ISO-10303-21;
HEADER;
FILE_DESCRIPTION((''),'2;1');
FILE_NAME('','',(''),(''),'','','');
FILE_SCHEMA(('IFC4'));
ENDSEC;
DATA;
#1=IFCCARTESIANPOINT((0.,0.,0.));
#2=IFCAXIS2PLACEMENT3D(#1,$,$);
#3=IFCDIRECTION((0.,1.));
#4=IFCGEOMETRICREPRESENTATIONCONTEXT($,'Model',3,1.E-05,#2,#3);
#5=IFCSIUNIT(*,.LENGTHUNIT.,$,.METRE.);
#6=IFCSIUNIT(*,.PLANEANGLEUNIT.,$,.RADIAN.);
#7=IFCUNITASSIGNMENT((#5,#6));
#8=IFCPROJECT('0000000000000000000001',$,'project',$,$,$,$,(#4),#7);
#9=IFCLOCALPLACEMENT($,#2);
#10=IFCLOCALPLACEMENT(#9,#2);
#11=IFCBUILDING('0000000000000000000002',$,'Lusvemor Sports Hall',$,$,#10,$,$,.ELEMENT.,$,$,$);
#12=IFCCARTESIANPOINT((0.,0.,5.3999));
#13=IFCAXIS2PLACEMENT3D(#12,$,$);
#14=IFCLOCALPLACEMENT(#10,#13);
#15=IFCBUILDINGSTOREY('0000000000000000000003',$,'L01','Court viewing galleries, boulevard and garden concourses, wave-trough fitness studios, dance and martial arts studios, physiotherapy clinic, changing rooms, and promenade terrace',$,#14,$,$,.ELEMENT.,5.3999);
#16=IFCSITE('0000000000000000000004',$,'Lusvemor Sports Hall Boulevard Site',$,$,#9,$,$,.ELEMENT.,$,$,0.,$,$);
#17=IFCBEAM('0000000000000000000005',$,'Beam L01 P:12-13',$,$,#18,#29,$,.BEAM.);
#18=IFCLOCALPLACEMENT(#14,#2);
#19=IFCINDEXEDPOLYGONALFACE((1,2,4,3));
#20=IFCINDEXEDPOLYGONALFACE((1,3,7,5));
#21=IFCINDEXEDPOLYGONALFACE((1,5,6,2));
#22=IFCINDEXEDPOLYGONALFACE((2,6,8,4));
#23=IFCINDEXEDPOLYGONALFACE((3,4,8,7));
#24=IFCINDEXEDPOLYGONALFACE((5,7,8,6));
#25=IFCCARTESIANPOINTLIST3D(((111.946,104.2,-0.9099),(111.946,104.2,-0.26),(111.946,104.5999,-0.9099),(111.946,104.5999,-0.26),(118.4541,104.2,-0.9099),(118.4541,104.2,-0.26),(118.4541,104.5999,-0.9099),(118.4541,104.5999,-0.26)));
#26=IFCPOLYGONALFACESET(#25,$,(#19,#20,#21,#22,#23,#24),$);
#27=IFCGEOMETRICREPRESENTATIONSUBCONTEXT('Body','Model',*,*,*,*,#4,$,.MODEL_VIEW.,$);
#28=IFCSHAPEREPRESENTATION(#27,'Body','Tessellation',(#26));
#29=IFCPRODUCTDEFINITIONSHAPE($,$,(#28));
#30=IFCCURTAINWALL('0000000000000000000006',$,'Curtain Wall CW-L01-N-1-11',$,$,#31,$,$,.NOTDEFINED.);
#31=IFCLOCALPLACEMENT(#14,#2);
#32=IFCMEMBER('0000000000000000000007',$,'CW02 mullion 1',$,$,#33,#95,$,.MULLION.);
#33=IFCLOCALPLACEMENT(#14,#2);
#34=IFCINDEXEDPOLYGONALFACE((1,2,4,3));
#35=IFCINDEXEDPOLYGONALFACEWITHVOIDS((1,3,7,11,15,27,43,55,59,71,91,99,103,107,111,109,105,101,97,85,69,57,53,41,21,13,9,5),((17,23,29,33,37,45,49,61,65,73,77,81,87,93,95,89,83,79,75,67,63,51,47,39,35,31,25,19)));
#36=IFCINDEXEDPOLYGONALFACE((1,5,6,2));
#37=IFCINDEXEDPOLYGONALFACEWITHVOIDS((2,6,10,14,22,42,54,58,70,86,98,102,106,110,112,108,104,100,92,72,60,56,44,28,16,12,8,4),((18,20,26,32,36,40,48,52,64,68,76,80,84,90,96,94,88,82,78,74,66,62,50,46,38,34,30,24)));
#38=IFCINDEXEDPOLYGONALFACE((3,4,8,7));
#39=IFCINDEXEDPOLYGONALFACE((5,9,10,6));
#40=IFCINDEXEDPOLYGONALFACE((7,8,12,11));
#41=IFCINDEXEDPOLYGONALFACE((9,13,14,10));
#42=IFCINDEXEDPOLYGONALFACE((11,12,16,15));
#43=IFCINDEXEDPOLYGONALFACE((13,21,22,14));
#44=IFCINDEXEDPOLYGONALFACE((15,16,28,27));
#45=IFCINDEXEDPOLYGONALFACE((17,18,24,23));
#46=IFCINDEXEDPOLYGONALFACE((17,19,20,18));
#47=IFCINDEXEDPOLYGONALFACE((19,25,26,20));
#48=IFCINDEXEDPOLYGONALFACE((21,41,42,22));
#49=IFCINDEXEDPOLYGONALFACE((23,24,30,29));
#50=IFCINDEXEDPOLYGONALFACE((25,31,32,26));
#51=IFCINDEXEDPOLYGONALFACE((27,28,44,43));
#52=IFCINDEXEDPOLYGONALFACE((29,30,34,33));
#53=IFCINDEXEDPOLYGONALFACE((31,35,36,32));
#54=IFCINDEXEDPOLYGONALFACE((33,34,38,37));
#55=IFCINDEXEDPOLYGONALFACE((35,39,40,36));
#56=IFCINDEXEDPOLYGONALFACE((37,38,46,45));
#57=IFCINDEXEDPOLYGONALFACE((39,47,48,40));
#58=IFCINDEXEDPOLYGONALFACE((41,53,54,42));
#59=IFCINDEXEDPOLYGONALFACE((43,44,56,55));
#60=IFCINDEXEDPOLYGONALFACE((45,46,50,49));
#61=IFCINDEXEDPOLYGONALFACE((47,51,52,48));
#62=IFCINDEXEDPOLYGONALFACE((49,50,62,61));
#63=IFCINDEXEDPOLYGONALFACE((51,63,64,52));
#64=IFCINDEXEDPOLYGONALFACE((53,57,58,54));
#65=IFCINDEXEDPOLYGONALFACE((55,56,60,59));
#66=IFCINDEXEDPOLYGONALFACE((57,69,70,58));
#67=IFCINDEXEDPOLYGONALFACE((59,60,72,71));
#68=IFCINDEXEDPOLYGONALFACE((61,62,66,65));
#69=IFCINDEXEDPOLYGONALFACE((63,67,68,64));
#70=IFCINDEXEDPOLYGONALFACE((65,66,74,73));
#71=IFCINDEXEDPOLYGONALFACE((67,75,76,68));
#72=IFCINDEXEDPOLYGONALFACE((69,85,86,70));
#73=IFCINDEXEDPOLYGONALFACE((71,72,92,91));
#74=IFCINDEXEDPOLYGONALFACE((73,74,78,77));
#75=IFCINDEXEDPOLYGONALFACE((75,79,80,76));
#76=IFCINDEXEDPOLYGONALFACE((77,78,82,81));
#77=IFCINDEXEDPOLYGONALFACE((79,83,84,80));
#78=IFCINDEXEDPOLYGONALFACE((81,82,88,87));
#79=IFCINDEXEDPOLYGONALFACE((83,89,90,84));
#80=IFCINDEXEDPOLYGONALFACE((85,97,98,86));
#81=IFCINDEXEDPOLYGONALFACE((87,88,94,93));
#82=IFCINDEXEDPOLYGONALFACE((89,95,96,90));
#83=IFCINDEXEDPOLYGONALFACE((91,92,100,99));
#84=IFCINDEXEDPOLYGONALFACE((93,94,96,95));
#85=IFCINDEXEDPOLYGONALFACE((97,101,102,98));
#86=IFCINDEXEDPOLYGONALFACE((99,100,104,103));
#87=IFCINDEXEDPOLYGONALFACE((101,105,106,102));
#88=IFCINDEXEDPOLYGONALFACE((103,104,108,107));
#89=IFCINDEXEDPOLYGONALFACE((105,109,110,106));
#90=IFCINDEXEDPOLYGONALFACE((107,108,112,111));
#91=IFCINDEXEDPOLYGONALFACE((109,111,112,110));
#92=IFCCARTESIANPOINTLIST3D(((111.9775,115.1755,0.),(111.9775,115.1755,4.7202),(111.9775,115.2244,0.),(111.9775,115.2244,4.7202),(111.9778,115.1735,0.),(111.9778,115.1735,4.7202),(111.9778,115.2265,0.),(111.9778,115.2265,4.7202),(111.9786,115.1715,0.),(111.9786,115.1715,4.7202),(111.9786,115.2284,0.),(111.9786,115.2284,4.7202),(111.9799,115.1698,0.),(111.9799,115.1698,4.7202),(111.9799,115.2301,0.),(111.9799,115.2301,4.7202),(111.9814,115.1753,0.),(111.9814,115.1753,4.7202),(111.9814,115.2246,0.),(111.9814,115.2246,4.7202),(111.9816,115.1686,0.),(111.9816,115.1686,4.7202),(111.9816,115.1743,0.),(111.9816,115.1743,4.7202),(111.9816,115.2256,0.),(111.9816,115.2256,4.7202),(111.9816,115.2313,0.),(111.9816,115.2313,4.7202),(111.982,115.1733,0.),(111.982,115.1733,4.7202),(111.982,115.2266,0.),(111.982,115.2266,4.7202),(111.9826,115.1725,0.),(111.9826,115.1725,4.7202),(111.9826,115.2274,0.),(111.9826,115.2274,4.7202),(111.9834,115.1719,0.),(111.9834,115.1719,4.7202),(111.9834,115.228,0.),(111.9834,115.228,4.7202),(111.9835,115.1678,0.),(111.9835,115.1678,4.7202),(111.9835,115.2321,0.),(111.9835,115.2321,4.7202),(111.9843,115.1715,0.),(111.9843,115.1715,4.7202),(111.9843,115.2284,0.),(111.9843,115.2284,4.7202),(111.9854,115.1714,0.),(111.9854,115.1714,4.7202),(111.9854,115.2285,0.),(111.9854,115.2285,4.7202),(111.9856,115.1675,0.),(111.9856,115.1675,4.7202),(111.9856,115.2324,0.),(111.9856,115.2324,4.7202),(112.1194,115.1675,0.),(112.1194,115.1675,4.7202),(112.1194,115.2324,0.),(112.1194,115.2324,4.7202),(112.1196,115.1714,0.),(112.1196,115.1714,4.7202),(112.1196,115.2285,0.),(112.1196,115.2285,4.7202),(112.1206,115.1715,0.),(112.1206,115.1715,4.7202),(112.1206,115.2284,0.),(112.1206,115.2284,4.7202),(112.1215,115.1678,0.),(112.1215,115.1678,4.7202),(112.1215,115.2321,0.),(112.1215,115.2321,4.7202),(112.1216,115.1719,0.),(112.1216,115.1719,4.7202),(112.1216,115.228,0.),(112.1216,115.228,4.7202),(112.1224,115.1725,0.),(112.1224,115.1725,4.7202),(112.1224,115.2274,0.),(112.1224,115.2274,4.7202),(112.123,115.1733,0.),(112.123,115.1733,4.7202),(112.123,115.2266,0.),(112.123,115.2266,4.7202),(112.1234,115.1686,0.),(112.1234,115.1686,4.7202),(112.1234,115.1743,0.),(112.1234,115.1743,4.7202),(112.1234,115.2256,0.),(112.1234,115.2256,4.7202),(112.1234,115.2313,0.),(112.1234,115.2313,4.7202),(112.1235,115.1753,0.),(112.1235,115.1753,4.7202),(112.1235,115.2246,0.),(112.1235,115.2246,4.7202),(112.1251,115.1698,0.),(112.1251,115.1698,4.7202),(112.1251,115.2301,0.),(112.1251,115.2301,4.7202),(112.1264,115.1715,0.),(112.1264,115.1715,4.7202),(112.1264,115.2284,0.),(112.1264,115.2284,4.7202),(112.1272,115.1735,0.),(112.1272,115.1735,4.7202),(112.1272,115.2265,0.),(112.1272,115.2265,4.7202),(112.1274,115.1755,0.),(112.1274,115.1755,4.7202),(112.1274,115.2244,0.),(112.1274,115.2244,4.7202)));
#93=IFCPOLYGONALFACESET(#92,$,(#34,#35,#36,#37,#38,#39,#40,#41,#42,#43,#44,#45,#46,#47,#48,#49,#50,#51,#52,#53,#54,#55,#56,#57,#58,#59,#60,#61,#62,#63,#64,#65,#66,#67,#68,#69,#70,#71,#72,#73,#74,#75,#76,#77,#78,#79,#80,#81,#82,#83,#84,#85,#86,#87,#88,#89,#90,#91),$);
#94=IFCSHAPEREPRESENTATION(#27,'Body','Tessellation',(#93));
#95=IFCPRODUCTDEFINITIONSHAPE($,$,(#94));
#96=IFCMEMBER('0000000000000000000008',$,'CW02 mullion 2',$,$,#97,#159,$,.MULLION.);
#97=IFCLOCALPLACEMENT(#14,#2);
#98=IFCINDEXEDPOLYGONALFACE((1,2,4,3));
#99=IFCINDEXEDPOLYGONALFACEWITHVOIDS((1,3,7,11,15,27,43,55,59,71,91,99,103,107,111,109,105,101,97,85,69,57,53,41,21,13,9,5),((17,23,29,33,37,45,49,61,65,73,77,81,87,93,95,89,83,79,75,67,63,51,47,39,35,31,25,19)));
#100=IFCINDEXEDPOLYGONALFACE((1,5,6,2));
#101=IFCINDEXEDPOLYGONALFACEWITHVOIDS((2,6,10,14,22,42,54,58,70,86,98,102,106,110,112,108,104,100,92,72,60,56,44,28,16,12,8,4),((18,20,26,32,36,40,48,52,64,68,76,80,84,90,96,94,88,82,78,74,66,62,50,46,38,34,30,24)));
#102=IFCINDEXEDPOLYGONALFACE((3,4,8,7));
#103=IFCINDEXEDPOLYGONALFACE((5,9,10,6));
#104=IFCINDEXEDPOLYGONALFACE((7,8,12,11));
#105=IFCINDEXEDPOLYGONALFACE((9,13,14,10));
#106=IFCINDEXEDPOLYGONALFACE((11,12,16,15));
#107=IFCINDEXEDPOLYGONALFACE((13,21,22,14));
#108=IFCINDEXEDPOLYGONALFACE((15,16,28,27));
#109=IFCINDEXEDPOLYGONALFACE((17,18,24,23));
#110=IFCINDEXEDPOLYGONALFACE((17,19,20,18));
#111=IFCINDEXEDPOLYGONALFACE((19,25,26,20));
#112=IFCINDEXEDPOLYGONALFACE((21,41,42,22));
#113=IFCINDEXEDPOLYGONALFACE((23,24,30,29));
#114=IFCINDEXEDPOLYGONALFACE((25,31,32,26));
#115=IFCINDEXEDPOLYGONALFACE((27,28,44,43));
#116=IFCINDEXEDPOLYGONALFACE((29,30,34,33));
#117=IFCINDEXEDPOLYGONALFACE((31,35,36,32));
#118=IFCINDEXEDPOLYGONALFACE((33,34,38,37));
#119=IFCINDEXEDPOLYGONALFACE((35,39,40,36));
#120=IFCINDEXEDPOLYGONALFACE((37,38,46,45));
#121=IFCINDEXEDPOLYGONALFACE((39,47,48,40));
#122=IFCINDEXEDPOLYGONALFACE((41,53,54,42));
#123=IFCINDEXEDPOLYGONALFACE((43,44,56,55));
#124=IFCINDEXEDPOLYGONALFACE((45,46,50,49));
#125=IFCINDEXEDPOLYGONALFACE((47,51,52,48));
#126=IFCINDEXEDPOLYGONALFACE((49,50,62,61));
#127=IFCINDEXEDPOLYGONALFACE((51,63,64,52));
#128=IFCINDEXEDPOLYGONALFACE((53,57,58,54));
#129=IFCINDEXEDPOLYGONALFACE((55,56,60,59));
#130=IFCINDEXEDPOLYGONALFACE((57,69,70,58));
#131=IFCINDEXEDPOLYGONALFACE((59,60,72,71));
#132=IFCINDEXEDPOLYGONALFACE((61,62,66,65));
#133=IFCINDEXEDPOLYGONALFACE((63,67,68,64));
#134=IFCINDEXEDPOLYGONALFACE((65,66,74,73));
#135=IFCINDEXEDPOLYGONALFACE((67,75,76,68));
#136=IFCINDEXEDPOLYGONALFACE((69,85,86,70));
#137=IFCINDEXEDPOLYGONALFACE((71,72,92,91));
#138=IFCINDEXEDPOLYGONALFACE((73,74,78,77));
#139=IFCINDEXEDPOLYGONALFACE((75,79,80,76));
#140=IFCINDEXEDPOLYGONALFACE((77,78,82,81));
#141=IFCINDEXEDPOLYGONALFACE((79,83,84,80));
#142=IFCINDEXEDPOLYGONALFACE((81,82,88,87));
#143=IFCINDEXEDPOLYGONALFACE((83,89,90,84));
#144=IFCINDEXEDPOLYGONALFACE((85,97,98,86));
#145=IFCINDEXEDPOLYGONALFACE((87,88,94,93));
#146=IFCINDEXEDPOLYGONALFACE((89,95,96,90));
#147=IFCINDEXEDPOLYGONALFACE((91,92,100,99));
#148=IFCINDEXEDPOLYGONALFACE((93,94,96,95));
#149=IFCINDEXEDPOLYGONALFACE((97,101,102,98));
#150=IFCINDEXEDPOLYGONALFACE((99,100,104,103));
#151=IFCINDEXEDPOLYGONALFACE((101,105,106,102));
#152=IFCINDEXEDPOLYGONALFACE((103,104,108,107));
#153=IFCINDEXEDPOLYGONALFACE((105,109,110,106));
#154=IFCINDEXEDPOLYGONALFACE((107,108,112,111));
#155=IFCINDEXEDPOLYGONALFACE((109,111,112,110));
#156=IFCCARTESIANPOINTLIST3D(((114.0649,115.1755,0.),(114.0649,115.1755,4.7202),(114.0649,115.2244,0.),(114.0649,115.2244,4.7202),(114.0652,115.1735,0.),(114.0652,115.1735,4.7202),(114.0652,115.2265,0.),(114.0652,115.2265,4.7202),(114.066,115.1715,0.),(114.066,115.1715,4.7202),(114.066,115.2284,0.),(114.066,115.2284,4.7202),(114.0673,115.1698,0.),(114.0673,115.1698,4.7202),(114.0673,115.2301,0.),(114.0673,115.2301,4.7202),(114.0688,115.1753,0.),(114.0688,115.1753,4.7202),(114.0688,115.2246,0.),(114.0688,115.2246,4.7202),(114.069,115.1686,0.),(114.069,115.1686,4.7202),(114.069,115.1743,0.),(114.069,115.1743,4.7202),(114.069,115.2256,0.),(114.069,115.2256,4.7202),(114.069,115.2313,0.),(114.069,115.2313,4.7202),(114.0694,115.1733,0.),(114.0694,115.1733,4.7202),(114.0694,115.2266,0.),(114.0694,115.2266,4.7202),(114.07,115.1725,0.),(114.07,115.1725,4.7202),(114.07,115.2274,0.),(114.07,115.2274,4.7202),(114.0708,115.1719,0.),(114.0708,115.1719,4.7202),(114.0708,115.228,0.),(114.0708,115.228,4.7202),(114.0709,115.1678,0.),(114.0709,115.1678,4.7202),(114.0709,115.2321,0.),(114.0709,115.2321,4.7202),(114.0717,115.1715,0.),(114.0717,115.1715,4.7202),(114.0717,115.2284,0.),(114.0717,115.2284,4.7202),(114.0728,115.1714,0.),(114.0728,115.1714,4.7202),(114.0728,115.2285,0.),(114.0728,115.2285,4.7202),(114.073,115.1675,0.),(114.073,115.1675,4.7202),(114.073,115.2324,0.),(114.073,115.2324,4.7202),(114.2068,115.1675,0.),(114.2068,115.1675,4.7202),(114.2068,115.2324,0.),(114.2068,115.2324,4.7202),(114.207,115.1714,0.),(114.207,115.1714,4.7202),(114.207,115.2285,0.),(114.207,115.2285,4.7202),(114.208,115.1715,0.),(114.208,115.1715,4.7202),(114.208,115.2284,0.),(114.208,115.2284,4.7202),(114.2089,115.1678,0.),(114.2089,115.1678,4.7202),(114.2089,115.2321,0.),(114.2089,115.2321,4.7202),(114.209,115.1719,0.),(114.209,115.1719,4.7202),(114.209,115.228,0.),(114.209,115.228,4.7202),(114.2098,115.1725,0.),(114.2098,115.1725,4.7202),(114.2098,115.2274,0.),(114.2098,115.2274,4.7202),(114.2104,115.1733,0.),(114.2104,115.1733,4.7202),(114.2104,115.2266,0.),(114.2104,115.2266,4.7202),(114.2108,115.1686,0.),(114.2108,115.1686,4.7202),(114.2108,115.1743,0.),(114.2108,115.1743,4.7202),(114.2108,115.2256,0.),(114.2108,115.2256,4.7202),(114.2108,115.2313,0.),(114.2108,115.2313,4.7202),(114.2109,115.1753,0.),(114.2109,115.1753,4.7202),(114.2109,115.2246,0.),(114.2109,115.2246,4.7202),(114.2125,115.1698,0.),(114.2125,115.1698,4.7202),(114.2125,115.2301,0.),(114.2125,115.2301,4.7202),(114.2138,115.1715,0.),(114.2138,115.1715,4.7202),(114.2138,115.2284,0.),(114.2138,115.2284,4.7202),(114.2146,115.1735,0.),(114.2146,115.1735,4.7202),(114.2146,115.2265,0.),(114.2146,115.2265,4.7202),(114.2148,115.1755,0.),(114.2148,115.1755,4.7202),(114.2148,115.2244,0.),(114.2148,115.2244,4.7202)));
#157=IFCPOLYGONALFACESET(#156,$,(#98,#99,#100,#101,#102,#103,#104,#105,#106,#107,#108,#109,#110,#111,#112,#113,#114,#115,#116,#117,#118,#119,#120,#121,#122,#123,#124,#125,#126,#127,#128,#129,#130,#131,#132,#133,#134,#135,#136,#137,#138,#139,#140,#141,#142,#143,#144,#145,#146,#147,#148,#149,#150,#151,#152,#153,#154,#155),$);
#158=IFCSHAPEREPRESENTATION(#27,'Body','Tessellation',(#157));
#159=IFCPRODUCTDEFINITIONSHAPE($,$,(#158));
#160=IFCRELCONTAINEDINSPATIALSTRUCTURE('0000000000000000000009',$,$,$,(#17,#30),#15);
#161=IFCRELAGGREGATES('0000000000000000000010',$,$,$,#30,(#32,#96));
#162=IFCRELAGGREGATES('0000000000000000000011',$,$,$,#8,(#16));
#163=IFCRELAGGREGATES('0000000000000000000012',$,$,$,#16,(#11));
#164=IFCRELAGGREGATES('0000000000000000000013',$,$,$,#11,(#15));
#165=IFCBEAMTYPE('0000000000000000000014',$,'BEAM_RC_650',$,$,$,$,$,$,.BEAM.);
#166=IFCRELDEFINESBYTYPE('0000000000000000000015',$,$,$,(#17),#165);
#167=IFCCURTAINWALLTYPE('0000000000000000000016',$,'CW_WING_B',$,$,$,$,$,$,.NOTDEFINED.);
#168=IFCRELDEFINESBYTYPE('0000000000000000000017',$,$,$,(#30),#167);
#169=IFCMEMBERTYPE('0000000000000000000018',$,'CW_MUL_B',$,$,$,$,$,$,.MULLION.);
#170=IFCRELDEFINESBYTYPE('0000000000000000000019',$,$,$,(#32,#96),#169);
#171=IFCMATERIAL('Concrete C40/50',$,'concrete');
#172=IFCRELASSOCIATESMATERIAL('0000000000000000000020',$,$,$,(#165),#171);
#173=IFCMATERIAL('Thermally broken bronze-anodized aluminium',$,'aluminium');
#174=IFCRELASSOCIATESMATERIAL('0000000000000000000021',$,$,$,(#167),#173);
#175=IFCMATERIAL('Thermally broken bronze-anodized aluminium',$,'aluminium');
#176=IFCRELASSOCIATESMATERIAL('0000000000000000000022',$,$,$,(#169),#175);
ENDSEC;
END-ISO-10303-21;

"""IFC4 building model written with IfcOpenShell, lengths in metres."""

from ifc_helpers import new_model, si_unit, direction, frame, origin, origin_2d, place, context, subcontext, project, spatial, rectangle, hollow_rectangle, extrude, material, material_profile, profile_set, type_object, element, aggregate, save


model = new_model("IFC4")

# Units and contexts
model_context = context("Model", 3, precision=1e-05, world=origin(), true_north=direction((0.0, 1.0)))
body_context = subcontext(model_context, "Body", "Model", "MODEL_VIEW")
ifc_project = project(units=[si_unit("LENGTHUNIT", "METRE"), si_unit("PLANEANGLEUNIT", "RADIAN")], contexts=[model_context])

# Site, building, storey
site_placement = place(None, origin())
site = spatial("IfcSite", under=ifc_project, at=site_placement, Name="Lusvemor Sports Hall Boulevard Site", CompositionType="ELEMENT", RefElevation=0.0)
building_placement = place(site_placement, origin())
building = spatial("IfcBuilding", under=site, at=building_placement, Name="Lusvemor Sports Hall", CompositionType="ELEMENT")
storey_placement = place(building_placement, frame((0.0, 0.0, 5.3999)))
storey = spatial("IfcBuildingStorey", under=building, at=storey_placement, Name="L01", Description="Court viewing galleries, boulevard and garden concourses, wave-trough fitness studios, dance and martial arts studios, physiotherapy clinic, changing rooms, and promenade terrace", CompositionType="ELEMENT", Elevation=5.3999)

# Beam
ifc_material_1 = material(Name="Concrete C40/50", Category="concrete")
ifc_material_profile_1 = material_profile(ifc_material_1, rectangle(XDim=0.3999, YDim=0.6499, at=origin_2d()), Name="RC400x650")
ifc_profile_set_1 = profile_set([ifc_material_profile_1], Name="Concrete C40/50")
beam_type_1 = type_object("IfcBeamType", Name="BEAM_RC_650", PredefinedType="BEAM", material=ifc_profile_set_1)
beam_1_placement = place(storey_placement, frame((111.946, 104.3999, -0.585), z_axis=(1.0, 0.0, 0.0), x_axis=(0.0, 1.0, 0.0)))
element("IfcBeam", 1, at=beam_1_placement, inside=storey, type_object=beam_type_1, Name="Beam L01 P:12-13", PredefinedType="BEAM", context=body_context, shape_type="SweptSolid", body=[
    extrude(rectangle(XDim=0.3999, YDim=0.6499, at=origin_2d()), origin(), (0.0, 0.0, 1.0), 6.5081),
])

# Curtain wall, members
ifc_material_2 = material(Name="Thermally broken bronze-anodized aluminium", Category="aluminium")
curtain_wall_type = type_object("IfcCurtainWallType", Name="CW_WING_B", PredefinedType="NOTDEFINED", material=ifc_material_2)
curtain_wall_placement = place(storey_placement, origin())
curtain_wall = element("IfcCurtainWall", 2, at=curtain_wall_placement, inside=storey, type_object=curtain_wall_type, Name="Curtain Wall CW-L01-N-1-11", PredefinedType="NOTDEFINED")
ifc_material_3 = material(Name="Thermally broken bronze-anodized aluminium", Category="aluminium")
ifc_material_profile_2 = material_profile(ifc_material_3, hollow_rectangle(XDim=0.0649, YDim=0.1499, WallThickness=0.0039, InnerFilletRadius=0.0039, OuterFilletRadius=0.0081, at=origin_2d()), Name="CWMUL150x65x4")
ifc_profile_set_2 = profile_set([ifc_material_profile_2], Name="Thermally broken bronze-anodized aluminium")
member_type_1 = type_object("IfcMemberType", Name="CW_MUL_B", PredefinedType="MULLION", material=ifc_profile_set_2)
member_1_placement = place(storey_placement, frame((112.0525, 115.2, 0.0), z_axis=(0.0, 0.0, 1.0), x_axis=(0.0, 1.0, 0.0)))
member_1 = element("IfcMember", 3, at=member_1_placement, type_object=member_type_1, Name="CW02 mullion 1", PredefinedType="MULLION", context=body_context, shape_type="SweptSolid", body=[
    extrude(hollow_rectangle(XDim=0.0649, YDim=0.1499, WallThickness=0.0039, InnerFilletRadius=0.0039, OuterFilletRadius=0.0081, at=origin_2d()), origin(), (0.0, 0.0, 1.0), 4.7202),
])
member_2_placement = place(storey_placement, frame((114.1399, 115.2, 0.0), z_axis=(0.0, 0.0, 1.0), x_axis=(0.0, 1.0, 0.0)))
member_2 = element("IfcMember", 4, at=member_2_placement, type_object=member_type_1, Name="CW02 mullion 2", PredefinedType="MULLION", context=body_context, shape_type="SweptSolid", body=[
    extrude(hollow_rectangle(XDim=0.0649, YDim=0.1499, WallThickness=0.0039, InnerFilletRadius=0.0039, OuterFilletRadius=0.0081, at=origin_2d()), origin(), (0.0, 0.0, 1.0), 4.7202),
])

aggregate(curtain_wall, [member_1, member_2])

save(model, "model.ifc")
